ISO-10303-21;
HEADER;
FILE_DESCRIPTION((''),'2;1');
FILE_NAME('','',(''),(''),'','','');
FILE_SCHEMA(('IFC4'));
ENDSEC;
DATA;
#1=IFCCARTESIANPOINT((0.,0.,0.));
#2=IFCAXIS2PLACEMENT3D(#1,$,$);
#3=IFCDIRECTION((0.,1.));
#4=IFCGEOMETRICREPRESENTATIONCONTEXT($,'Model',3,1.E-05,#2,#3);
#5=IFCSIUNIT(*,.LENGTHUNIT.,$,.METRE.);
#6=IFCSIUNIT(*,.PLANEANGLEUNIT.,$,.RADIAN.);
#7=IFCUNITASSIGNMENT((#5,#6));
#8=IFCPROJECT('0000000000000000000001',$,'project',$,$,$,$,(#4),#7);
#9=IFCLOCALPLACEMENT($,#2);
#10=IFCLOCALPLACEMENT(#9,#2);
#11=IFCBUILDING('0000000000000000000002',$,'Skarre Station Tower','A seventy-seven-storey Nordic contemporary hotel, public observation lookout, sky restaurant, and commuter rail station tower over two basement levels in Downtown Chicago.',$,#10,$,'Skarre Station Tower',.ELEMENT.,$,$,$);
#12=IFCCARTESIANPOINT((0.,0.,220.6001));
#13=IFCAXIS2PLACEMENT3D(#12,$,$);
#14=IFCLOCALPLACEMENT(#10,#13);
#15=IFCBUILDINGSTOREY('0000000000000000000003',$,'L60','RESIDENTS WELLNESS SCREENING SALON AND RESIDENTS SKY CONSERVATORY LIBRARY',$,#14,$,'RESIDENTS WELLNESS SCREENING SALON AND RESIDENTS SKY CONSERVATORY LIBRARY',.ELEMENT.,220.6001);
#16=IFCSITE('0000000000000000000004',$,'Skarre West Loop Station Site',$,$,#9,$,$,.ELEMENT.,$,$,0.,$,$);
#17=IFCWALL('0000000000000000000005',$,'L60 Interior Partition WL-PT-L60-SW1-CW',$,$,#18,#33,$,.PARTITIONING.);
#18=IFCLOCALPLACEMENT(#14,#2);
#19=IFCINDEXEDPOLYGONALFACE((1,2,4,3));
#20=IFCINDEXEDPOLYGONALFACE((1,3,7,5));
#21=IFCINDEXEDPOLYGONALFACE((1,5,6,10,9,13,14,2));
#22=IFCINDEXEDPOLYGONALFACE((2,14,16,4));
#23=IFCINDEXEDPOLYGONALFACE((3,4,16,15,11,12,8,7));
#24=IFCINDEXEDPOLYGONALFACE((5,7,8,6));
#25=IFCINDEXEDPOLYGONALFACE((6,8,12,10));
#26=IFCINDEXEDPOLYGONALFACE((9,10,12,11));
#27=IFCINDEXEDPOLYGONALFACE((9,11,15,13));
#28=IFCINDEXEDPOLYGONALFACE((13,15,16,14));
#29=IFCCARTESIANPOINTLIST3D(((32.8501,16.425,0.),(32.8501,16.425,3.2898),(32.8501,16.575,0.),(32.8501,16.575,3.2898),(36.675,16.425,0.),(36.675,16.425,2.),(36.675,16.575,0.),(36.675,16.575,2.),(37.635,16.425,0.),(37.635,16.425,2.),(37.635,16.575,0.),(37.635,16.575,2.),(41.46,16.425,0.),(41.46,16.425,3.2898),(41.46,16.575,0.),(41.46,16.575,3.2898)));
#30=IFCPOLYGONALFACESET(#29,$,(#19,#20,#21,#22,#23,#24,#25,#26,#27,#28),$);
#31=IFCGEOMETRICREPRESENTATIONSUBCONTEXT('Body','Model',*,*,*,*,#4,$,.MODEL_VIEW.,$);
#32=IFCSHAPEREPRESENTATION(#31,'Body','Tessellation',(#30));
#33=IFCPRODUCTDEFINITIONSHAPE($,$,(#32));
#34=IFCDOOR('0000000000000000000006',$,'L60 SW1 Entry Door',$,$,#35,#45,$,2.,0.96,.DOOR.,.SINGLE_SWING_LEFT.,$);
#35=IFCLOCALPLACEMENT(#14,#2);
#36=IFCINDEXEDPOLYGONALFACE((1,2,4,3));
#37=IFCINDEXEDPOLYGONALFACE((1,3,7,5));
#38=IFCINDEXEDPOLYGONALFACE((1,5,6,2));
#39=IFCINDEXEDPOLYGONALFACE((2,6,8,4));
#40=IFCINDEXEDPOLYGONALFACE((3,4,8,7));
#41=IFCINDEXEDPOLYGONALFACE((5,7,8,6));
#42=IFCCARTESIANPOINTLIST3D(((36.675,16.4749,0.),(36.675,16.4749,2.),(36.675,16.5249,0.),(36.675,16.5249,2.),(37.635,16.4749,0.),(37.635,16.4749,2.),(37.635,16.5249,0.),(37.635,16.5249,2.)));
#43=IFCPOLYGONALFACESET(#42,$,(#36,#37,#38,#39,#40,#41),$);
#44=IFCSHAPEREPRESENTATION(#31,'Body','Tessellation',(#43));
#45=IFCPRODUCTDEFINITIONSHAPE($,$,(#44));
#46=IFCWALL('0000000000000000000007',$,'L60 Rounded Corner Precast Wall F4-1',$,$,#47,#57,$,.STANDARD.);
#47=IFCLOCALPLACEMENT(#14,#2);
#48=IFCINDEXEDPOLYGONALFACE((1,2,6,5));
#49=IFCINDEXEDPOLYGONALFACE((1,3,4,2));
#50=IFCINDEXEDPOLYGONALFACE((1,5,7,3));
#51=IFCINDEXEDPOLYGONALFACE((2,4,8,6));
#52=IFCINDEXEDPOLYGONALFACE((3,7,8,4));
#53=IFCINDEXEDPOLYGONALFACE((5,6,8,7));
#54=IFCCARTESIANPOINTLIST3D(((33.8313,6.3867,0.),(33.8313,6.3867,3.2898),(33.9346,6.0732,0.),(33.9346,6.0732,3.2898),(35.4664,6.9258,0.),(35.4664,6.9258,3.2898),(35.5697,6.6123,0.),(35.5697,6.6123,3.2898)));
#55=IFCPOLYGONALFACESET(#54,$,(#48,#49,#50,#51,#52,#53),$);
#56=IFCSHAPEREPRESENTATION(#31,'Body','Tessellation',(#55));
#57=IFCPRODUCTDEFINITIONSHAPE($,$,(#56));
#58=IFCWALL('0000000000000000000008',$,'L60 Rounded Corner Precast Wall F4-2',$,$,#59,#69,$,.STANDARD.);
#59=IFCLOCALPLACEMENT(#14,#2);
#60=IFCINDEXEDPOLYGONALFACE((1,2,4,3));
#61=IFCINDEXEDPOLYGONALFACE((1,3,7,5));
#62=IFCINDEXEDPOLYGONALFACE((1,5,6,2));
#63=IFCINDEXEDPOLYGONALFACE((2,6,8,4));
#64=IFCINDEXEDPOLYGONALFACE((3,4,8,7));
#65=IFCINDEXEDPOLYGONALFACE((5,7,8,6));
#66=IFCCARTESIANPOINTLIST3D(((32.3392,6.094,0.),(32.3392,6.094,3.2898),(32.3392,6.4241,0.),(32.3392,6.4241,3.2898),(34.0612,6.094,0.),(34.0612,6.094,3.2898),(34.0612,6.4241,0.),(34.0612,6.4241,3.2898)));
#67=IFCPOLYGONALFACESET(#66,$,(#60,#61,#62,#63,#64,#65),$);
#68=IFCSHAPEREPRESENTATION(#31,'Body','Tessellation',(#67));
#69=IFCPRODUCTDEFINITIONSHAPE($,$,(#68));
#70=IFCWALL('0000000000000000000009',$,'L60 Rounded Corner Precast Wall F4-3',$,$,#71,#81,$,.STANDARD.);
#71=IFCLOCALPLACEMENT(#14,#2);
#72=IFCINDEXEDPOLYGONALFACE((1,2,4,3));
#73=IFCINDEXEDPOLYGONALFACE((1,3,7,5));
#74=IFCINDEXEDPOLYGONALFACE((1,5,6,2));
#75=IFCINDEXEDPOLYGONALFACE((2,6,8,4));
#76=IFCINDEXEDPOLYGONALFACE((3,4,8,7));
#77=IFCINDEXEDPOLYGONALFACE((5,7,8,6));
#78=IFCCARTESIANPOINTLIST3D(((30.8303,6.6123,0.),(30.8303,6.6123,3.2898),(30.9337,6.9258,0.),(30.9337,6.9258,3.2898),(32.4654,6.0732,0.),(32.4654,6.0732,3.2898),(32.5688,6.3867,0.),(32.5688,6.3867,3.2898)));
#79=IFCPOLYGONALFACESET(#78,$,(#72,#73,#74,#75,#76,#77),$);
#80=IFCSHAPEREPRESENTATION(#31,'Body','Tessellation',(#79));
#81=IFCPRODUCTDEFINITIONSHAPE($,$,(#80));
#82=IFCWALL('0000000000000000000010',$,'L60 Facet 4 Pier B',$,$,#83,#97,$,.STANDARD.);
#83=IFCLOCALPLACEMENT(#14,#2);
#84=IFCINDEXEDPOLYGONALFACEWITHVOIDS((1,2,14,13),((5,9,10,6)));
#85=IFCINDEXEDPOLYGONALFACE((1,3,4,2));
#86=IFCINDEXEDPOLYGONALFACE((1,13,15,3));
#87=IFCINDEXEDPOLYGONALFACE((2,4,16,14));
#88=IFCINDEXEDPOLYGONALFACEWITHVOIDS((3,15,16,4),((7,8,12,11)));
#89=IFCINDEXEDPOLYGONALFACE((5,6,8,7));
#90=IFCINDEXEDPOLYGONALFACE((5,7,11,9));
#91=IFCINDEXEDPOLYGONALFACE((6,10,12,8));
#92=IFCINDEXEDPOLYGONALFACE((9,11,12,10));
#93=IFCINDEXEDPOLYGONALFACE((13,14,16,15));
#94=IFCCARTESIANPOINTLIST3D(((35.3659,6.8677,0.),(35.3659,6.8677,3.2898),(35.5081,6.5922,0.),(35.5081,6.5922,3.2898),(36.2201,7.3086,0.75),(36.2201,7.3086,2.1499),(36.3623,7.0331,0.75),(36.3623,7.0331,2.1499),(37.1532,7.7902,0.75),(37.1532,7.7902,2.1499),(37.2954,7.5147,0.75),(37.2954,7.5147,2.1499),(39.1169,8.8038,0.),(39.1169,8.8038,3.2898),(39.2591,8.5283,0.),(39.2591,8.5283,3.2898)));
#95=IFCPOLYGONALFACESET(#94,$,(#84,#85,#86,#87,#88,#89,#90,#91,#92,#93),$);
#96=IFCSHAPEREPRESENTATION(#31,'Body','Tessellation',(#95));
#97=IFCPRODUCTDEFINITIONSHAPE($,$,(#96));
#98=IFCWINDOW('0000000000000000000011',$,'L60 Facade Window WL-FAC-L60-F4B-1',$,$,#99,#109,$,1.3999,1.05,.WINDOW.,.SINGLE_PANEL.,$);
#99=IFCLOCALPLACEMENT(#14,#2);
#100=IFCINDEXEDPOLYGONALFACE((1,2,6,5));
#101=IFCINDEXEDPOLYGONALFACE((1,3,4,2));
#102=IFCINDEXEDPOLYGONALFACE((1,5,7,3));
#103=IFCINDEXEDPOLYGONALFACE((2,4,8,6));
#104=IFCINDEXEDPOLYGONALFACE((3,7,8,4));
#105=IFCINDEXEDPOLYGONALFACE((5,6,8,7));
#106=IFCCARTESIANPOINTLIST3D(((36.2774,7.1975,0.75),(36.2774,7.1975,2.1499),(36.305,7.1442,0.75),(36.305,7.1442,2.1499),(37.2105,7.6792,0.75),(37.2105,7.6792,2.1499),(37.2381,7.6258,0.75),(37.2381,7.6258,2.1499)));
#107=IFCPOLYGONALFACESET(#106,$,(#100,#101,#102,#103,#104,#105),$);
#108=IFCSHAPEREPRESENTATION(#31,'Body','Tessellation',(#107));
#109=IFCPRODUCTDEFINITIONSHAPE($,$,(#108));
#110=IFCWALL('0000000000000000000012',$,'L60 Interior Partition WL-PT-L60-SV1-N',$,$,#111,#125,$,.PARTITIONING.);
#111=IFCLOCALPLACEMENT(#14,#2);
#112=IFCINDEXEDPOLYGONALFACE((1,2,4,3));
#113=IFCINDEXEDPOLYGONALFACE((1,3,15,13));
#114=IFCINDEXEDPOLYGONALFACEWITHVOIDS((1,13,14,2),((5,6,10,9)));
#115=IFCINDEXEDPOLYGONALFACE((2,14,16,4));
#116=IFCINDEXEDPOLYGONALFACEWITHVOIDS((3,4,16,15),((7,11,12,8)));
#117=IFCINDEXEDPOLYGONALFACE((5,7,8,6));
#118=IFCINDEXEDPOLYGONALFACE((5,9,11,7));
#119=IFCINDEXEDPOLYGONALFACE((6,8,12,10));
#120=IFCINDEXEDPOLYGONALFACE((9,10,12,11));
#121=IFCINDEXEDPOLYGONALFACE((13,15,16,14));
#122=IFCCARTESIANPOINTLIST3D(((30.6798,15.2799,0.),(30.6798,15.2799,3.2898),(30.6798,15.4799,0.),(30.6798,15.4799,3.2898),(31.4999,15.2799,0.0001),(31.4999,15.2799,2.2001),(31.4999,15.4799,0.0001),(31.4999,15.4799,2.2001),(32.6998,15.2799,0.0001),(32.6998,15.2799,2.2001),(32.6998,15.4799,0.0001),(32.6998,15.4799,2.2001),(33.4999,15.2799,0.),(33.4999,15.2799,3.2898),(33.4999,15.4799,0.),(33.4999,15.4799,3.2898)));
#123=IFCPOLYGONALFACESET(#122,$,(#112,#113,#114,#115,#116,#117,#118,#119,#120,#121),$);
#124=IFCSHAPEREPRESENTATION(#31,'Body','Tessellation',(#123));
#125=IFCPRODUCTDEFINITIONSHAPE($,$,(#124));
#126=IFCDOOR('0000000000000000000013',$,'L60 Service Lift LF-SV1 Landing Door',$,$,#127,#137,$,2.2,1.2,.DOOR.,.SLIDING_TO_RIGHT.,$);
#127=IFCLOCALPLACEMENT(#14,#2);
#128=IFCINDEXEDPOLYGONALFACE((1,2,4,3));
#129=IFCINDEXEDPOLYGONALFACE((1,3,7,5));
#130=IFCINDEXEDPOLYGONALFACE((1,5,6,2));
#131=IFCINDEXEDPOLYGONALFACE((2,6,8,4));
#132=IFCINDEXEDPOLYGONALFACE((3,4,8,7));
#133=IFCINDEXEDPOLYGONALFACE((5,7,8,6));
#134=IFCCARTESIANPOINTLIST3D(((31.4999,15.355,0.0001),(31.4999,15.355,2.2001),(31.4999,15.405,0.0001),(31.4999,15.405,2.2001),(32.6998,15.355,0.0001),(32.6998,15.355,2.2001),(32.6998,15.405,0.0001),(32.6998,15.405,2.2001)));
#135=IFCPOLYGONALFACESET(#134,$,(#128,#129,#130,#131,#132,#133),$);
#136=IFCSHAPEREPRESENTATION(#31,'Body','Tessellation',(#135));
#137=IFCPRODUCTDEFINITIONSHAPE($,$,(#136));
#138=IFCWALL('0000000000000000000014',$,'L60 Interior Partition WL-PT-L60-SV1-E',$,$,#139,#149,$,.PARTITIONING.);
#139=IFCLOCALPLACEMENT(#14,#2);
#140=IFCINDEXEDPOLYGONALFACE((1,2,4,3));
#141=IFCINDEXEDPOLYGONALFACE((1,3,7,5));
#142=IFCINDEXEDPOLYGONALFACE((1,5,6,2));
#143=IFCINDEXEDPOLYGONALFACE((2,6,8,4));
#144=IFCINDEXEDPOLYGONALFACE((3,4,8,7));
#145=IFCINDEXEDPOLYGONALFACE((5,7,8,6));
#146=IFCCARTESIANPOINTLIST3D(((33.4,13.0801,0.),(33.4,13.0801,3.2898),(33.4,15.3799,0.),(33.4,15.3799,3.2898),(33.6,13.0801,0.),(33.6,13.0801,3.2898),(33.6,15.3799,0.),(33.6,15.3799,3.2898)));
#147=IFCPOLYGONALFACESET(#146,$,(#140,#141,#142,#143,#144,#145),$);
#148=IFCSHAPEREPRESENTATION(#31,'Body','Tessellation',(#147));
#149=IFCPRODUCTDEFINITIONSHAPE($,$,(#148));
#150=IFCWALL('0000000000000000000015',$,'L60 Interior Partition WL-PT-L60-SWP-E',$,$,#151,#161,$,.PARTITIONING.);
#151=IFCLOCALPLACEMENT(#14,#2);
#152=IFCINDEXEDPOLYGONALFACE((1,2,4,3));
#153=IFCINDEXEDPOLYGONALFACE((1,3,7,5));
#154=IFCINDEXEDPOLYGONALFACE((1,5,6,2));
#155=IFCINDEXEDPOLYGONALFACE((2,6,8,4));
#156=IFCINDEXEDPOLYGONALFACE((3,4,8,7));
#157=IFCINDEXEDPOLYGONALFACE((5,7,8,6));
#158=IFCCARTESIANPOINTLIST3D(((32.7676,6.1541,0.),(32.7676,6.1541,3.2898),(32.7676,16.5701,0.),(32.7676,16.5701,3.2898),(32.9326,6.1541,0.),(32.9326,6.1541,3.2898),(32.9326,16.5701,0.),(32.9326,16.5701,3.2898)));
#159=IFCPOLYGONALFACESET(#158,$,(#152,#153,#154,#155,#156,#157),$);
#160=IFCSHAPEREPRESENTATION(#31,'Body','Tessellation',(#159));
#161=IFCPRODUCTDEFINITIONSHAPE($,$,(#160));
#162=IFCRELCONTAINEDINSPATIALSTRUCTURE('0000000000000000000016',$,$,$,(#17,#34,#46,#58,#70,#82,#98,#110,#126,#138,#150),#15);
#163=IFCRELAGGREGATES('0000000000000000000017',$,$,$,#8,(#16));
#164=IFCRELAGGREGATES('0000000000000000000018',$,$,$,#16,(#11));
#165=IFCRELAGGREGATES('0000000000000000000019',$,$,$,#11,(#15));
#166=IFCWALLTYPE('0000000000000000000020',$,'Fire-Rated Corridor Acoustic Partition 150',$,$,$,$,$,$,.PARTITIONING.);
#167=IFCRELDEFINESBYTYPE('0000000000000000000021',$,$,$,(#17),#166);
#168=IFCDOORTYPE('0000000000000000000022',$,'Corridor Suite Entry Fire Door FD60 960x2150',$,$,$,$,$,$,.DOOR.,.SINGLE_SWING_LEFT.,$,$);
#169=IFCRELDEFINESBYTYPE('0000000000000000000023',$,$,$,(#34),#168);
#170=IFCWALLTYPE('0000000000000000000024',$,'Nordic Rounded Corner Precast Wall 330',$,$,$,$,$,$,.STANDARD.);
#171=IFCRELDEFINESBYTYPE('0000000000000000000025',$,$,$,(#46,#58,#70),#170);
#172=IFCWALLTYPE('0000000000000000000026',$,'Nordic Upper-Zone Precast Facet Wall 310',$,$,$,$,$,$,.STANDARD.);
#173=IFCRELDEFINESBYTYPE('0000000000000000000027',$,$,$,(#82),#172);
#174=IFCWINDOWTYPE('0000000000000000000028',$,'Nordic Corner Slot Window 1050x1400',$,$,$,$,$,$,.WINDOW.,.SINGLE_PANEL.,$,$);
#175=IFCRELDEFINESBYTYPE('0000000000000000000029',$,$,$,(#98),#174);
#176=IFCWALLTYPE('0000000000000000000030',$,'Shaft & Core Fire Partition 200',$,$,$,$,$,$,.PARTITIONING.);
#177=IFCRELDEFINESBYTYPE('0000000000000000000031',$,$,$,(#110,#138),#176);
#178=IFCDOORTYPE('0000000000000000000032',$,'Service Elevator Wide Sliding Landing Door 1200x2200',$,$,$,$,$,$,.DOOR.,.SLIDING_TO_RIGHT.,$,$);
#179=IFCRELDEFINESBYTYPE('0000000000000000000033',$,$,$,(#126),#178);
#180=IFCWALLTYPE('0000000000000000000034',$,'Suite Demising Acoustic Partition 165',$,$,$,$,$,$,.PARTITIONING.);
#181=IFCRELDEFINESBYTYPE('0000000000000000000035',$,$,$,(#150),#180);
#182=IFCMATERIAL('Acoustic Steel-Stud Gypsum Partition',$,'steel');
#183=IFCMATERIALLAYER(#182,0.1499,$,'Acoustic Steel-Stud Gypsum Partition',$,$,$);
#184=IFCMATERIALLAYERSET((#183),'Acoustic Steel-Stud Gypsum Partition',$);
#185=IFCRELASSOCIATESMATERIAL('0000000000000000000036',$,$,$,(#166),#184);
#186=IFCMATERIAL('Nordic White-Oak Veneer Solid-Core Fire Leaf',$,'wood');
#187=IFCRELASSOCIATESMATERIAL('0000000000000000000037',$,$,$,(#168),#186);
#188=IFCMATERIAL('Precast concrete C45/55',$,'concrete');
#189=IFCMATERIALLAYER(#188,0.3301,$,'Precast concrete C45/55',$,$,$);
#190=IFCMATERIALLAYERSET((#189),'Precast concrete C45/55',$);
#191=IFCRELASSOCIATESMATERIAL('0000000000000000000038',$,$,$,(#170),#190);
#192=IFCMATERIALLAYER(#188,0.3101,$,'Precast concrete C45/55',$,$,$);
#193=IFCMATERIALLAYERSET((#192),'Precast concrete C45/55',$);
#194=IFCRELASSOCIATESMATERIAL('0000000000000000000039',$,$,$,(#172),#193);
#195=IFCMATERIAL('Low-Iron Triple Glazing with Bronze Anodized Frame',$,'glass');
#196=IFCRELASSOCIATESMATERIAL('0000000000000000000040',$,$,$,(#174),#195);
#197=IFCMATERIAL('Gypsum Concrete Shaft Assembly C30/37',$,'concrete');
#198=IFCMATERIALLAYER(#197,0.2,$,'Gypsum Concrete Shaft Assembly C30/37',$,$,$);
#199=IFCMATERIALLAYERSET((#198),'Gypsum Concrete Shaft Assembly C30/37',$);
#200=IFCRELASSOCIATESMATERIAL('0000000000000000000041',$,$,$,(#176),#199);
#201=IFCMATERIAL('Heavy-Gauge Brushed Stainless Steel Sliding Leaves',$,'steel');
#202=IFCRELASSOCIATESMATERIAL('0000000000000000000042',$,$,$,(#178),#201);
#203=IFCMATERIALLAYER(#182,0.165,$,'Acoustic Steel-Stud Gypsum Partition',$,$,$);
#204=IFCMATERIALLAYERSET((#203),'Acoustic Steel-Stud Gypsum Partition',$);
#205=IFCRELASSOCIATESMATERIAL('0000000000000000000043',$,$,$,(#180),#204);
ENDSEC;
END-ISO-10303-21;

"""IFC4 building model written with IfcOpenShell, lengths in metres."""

from ifc_helpers import new_model, si_unit, direction, frame, frame_2d, origin, place, context, subcontext, project, spatial, rectangle, extrude, material, layer, layer_set, type_object, element, fill, save


model = new_model("IFC4")

# Units and contexts
model_context = context("Model", 3, precision=1e-05, world=origin(), true_north=direction((0.0, 1.0)))
body_context = subcontext(model_context, "Body", "Model", "MODEL_VIEW")
ifc_project = project(units=[si_unit("LENGTHUNIT", "METRE"), si_unit("PLANEANGLEUNIT", "RADIAN")], contexts=[model_context])

# Site, building, storey
site_placement = place(None, origin())
site = spatial("IfcSite", under=ifc_project, at=site_placement, Name="Skarre West Loop Station Site", CompositionType="ELEMENT", RefElevation=0.0)
building_placement = place(site_placement, origin())
building = spatial("IfcBuilding", under=site, at=building_placement, Name="Skarre Station Tower", Description="A seventy-seven-storey Nordic contemporary hotel, public observation lookout, sky restaurant, and commuter rail station tower over two basement levels in Downtown Chicago.", LongName="Skarre Station Tower", CompositionType="ELEMENT")
storey_placement = place(building_placement, frame((0.0, 0.0, 220.6001)))
storey = spatial("IfcBuildingStorey", under=building, at=storey_placement, Name="L60", Description="RESIDENTS WELLNESS SCREENING SALON AND RESIDENTS SKY CONSERVATORY LIBRARY", LongName="RESIDENTS WELLNESS SCREENING SALON AND RESIDENTS SKY CONSERVATORY LIBRARY", CompositionType="ELEMENT", Elevation=220.6001)

# Shared definitions
ifc_material_1 = material(Name="Acoustic Steel-Stud Gypsum Partition", Category="steel")
ifc_layer_1 = layer(ifc_material_1, 0.1499, Name="Acoustic Steel-Stud Gypsum Partition")
ifc_layer_set_1 = layer_set([ifc_layer_1], Name="Acoustic Steel-Stud Gypsum Partition")
wall_type_1 = type_object("IfcWallType", Name="Fire-Rated Corridor Acoustic Partition 150", PredefinedType="PARTITIONING", material=ifc_layer_set_1)

# Wall, opening, door
wall_1_placement = place(storey_placement, frame((32.8501, 16.5, 0.0), z_axis=(0.0, 0.0, 1.0), x_axis=(1.0, 0.0, 0.0)))
wall_1 = element("IfcWall", 1, at=wall_1_placement, inside=storey, type_object=wall_type_1, Name="L60 Interior Partition WL-PT-L60-SW1-CW", PredefinedType="PARTITIONING", context=body_context, shape_type="SweptSolid", body=[
    extrude(rectangle(XDim=8.6099, YDim=0.1499, at=frame_2d((4.3049, 0.0))), origin(), (0.0, 0.0, 1.0), 3.2898),
])
opening_1_placement = place(wall_1_placement, frame((3.825, 0.0, 0.0)))
opening_1 = element("IfcOpeningElement", 2, at=opening_1_placement, cuts=wall_1, PredefinedType="OPENING", context=body_context, shape_type="SweptSolid", body=[
    extrude(rectangle(XDim=0.96, YDim=2.0, at=frame_2d((0.48, 1.0))), frame((0.0, 0.085, 0.0), z_axis=(0.0, -1.0, 0.0), x_axis=(1.0, 0.0, 0.0)), (0.0, 0.0, 1.0), 0.1699),
])
ifc_material_2 = material(Name="Nordic White-Oak Veneer Solid-Core Fire Leaf", Category="wood")
door_type_1 = type_object("IfcDoorType", Name="Corridor Suite Entry Fire Door FD60 960x2150", OperationType="SINGLE_SWING_LEFT", PredefinedType="DOOR", material=ifc_material_2)
door_1_placement = place(opening_1_placement, origin())
door_1 = element("IfcDoor", 3, at=door_1_placement, inside=storey, type_object=door_type_1, Name="L60 SW1 Entry Door", OperationType="SINGLE_SWING_LEFT", OverallHeight=2.0, OverallWidth=0.96, PredefinedType="DOOR", context=body_context, shape_type="SweptSolid", body=[
    extrude(rectangle(XDim=0.96, YDim=2.0, at=frame_2d((0.48, 1.0))), frame((0.0, 0.0249, 0.0), z_axis=(0.0, -1.0, 0.0), x_axis=(1.0, 0.0, 0.0)), (0.0, 0.0, 1.0), 0.05),
])
fill(opening_1, door_1)

# Walls
ifc_material_3 = material(Name="Precast concrete C45/55", Category="concrete")
ifc_layer_2 = layer(ifc_material_3, 0.3301, Name="Precast concrete C45/55")
ifc_layer_set_2 = layer_set([ifc_layer_2], Name="Precast concrete C45/55")
wall_type_2 = type_object("IfcWallType", Name="Nordic Rounded Corner Precast Wall 330", PredefinedType="STANDARD", material=ifc_layer_set_2)
wall_2_placement = place(storey_placement, frame((35.5181, 6.769, 0.0), z_axis=(0.0, 0.0, 1.0), x_axis=(-0.949713, -0.31312, 0.0)))
element("IfcWall", 4, at=wall_2_placement, inside=storey, type_object=wall_type_2, Name="L60 Rounded Corner Precast Wall F4-1", PredefinedType="STANDARD", context=body_context, shape_type="SweptSolid", body=[
    extrude(rectangle(XDim=1.7217, YDim=0.3301, at=frame_2d((0.8608, 0.0))), origin(), (0.0, 0.0, 1.0), 3.2898),
])
wall_3_placement = place(storey_placement, frame((34.061, 6.259, 0.0), z_axis=(0.0, 0.0, 1.0), x_axis=(-1.0, 0.0, 0.0)))
element("IfcWall", 5, at=wall_3_placement, inside=storey, type_object=wall_type_2, Name="L60 Rounded Corner Precast Wall F4-2", PredefinedType="STANDARD", context=body_context, shape_type="SweptSolid", body=[
    extrude(rectangle(XDim=1.7219, YDim=0.3301, at=frame_2d((0.8608, 0.0))), origin(), (0.0, 0.0, 1.0), 3.2898),
])
wall_4_placement = place(storey_placement, frame((32.5171, 6.23, 0.0), z_axis=(0.0, 0.0, 1.0), x_axis=(-0.949713, 0.31312, 0.0)))
element("IfcWall", 6, at=wall_4_placement, inside=storey, type_object=wall_type_2, Name="L60 Rounded Corner Precast Wall F4-3", PredefinedType="STANDARD", context=body_context, shape_type="SweptSolid", body=[
    extrude(rectangle(XDim=1.7217, YDim=0.3301, at=frame_2d((0.8608, 0.0))), origin(), (0.0, 0.0, 1.0), 3.2898),
])

# Wall, opening, window
ifc_layer_3 = layer(ifc_material_3, 0.3101, Name="Precast concrete C45/55")
ifc_layer_set_3 = layer_set([ifc_layer_3], Name="Precast concrete C45/55")
wall_type_3 = type_object("IfcWallType", Name="Nordic Upper-Zone Precast Facet Wall 310", PredefinedType="STANDARD", material=ifc_layer_set_3)
wall_5_placement = place(storey_placement, frame((39.188, 8.666, 0.0), z_axis=(0.0, 0.0, 1.0), x_axis=(-0.888616, -0.458652, 0.0)))
wall_5 = element("IfcWall", 7, at=wall_5_placement, inside=storey, type_object=wall_type_3, Name="L60 Facet 4 Pier B", PredefinedType="STANDARD", context=body_context, shape_type="SweptSolid", body=[
    extrude(rectangle(XDim=4.2212, YDim=0.3101, at=frame_2d((2.1106, 0.0))), origin(), (0.0, 0.0, 1.0), 3.2898),
])
opening_2_placement = place(wall_5_placement, frame((2.21, 0.0, 0.75)))
opening_2 = element("IfcOpeningElement", 8, at=opening_2_placement, cuts=wall_5, PredefinedType="OPENING", context=body_context, shape_type="SweptSolid", body=[
    extrude(rectangle(XDim=1.05, YDim=1.3999, at=frame_2d((0.5249, 0.7))), frame((0.0, 0.165, 0.0), z_axis=(0.0, -1.0, 0.0), x_axis=(1.0, 0.0, 0.0)), (0.0, 0.0, 1.0), 0.3301),
])
ifc_material_4 = material(Name="Low-Iron Triple Glazing with Bronze Anodized Frame", Category="glass")
window_type = type_object("IfcWindowType", Name="Nordic Corner Slot Window 1050x1400", PartitioningType="SINGLE_PANEL", PredefinedType="WINDOW", material=ifc_material_4)
window_placement = place(opening_2_placement, origin())
window = element("IfcWindow", 9, at=window_placement, inside=storey, type_object=window_type, Name="L60 Facade Window WL-FAC-L60-F4B-1", OverallHeight=1.3999, OverallWidth=1.05, PartitioningType="SINGLE_PANEL", PredefinedType="WINDOW", context=body_context, shape_type="SweptSolid", body=[
    extrude(rectangle(XDim=1.05, YDim=1.3999, at=frame_2d((0.5249, 0.7))), frame((0.0, 0.03, 0.0), z_axis=(0.0, -1.0, 0.0), x_axis=(1.0, 0.0, 0.0)), (0.0, 0.0, 1.0), 0.0601),
])
fill(opening_2, window)

# Wall, opening, door
ifc_material_5 = material(Name="Gypsum Concrete Shaft Assembly C30/37", Category="concrete")
ifc_layer_4 = layer(ifc_material_5, 0.2, Name="Gypsum Concrete Shaft Assembly C30/37")
ifc_layer_set_4 = layer_set([ifc_layer_4], Name="Gypsum Concrete Shaft Assembly C30/37")
wall_type_4 = type_object("IfcWallType", Name="Shaft & Core Fire Partition 200", PredefinedType="PARTITIONING", material=ifc_layer_set_4)
wall_6_placement = place(storey_placement, frame((33.5, 15.3799, 0.0), z_axis=(0.0, 0.0, 1.0), x_axis=(-1.0, 0.0, 0.0)))
wall_6 = element("IfcWall", 10, at=wall_6_placement, inside=storey, type_object=wall_type_4, Name="L60 Interior Partition WL-PT-L60-SV1-N", PredefinedType="PARTITIONING", context=body_context, shape_type="SweptSolid", body=[
    extrude(rectangle(XDim=2.8201, YDim=0.2, at=frame_2d((1.4102, 0.0))), origin(), (0.0, 0.0, 1.0), 3.2898),
])
opening_3_placement = place(wall_6_placement, frame((0.8, 0.0, 0.0)))
opening_3 = element("IfcOpeningElement", 11, at=opening_3_placement, cuts=wall_6, PredefinedType="OPENING", context=body_context, shape_type="SweptSolid", body=[
    extrude(rectangle(XDim=1.2, YDim=2.2, at=frame_2d((0.6001, 1.1001))), frame((0.0, 0.1099, 0.0), z_axis=(0.0, -1.0, 0.0), x_axis=(1.0, 0.0, 0.0)), (0.0, 0.0, 1.0), 0.22),
])
ifc_material_6 = material(Name="Heavy-Gauge Brushed Stainless Steel Sliding Leaves", Category="steel")
door_type_2 = type_object("IfcDoorType", Name="Service Elevator Wide Sliding Landing Door 1200x2200", OperationType="SLIDING_TO_RIGHT", PredefinedType="DOOR", material=ifc_material_6)
door_2_placement = place(opening_3_placement, origin())
door_2 = element("IfcDoor", 12, at=door_2_placement, inside=storey, type_object=door_type_2, Name="L60 Service Lift LF-SV1 Landing Door", OperationType="SLIDING_TO_RIGHT", OverallHeight=2.2, OverallWidth=1.2, PredefinedType="DOOR", context=body_context, shape_type="SweptSolid", body=[
    extrude(rectangle(XDim=1.2, YDim=2.2, at=frame_2d((0.6001, 1.1001))), frame((0.0, 0.0249, 0.0), z_axis=(0.0, -1.0, 0.0), x_axis=(1.0, 0.0, 0.0)), (0.0, 0.0, 1.0), 0.05),
])
fill(opening_3, door_2)

# Walls
wall_7_placement = place(storey_placement, frame((33.5, 13.0801, 0.0), z_axis=(0.0, 0.0, 1.0), x_axis=(0.0, 1.0, 0.0)))
element("IfcWall", 13, at=wall_7_placement, inside=storey, type_object=wall_type_4, Name="L60 Interior Partition WL-PT-L60-SV1-E", PredefinedType="PARTITIONING", context=body_context, shape_type="SweptSolid", body=[
    extrude(rectangle(XDim=2.2998, YDim=0.2, at=frame_2d((1.1499, 0.0))), origin(), (0.0, 0.0, 1.0), 3.2898),
])
ifc_layer_5 = layer(ifc_material_1, 0.165, Name="Acoustic Steel-Stud Gypsum Partition")
ifc_layer_set_5 = layer_set([ifc_layer_5], Name="Acoustic Steel-Stud Gypsum Partition")
wall_type_5 = type_object("IfcWallType", Name="Suite Demising Acoustic Partition 165", PredefinedType="PARTITIONING", material=ifc_layer_set_5)
wall_8_placement = place(storey_placement, frame((32.8501, 6.1541, 0.0), z_axis=(0.0, 0.0, 1.0), x_axis=(0.0, 1.0, 0.0)))
element("IfcWall", 14, at=wall_8_placement, inside=storey, type_object=wall_type_5, Name="L60 Interior Partition WL-PT-L60-SWP-E", PredefinedType="PARTITIONING", context=body_context, shape_type="SweptSolid", body=[
    extrude(rectangle(XDim=10.416, YDim=0.165, at=frame_2d((5.208, 0.0))), origin(), (0.0, 0.0, 1.0), 3.2898),
])

save(model, "model.ifc")
